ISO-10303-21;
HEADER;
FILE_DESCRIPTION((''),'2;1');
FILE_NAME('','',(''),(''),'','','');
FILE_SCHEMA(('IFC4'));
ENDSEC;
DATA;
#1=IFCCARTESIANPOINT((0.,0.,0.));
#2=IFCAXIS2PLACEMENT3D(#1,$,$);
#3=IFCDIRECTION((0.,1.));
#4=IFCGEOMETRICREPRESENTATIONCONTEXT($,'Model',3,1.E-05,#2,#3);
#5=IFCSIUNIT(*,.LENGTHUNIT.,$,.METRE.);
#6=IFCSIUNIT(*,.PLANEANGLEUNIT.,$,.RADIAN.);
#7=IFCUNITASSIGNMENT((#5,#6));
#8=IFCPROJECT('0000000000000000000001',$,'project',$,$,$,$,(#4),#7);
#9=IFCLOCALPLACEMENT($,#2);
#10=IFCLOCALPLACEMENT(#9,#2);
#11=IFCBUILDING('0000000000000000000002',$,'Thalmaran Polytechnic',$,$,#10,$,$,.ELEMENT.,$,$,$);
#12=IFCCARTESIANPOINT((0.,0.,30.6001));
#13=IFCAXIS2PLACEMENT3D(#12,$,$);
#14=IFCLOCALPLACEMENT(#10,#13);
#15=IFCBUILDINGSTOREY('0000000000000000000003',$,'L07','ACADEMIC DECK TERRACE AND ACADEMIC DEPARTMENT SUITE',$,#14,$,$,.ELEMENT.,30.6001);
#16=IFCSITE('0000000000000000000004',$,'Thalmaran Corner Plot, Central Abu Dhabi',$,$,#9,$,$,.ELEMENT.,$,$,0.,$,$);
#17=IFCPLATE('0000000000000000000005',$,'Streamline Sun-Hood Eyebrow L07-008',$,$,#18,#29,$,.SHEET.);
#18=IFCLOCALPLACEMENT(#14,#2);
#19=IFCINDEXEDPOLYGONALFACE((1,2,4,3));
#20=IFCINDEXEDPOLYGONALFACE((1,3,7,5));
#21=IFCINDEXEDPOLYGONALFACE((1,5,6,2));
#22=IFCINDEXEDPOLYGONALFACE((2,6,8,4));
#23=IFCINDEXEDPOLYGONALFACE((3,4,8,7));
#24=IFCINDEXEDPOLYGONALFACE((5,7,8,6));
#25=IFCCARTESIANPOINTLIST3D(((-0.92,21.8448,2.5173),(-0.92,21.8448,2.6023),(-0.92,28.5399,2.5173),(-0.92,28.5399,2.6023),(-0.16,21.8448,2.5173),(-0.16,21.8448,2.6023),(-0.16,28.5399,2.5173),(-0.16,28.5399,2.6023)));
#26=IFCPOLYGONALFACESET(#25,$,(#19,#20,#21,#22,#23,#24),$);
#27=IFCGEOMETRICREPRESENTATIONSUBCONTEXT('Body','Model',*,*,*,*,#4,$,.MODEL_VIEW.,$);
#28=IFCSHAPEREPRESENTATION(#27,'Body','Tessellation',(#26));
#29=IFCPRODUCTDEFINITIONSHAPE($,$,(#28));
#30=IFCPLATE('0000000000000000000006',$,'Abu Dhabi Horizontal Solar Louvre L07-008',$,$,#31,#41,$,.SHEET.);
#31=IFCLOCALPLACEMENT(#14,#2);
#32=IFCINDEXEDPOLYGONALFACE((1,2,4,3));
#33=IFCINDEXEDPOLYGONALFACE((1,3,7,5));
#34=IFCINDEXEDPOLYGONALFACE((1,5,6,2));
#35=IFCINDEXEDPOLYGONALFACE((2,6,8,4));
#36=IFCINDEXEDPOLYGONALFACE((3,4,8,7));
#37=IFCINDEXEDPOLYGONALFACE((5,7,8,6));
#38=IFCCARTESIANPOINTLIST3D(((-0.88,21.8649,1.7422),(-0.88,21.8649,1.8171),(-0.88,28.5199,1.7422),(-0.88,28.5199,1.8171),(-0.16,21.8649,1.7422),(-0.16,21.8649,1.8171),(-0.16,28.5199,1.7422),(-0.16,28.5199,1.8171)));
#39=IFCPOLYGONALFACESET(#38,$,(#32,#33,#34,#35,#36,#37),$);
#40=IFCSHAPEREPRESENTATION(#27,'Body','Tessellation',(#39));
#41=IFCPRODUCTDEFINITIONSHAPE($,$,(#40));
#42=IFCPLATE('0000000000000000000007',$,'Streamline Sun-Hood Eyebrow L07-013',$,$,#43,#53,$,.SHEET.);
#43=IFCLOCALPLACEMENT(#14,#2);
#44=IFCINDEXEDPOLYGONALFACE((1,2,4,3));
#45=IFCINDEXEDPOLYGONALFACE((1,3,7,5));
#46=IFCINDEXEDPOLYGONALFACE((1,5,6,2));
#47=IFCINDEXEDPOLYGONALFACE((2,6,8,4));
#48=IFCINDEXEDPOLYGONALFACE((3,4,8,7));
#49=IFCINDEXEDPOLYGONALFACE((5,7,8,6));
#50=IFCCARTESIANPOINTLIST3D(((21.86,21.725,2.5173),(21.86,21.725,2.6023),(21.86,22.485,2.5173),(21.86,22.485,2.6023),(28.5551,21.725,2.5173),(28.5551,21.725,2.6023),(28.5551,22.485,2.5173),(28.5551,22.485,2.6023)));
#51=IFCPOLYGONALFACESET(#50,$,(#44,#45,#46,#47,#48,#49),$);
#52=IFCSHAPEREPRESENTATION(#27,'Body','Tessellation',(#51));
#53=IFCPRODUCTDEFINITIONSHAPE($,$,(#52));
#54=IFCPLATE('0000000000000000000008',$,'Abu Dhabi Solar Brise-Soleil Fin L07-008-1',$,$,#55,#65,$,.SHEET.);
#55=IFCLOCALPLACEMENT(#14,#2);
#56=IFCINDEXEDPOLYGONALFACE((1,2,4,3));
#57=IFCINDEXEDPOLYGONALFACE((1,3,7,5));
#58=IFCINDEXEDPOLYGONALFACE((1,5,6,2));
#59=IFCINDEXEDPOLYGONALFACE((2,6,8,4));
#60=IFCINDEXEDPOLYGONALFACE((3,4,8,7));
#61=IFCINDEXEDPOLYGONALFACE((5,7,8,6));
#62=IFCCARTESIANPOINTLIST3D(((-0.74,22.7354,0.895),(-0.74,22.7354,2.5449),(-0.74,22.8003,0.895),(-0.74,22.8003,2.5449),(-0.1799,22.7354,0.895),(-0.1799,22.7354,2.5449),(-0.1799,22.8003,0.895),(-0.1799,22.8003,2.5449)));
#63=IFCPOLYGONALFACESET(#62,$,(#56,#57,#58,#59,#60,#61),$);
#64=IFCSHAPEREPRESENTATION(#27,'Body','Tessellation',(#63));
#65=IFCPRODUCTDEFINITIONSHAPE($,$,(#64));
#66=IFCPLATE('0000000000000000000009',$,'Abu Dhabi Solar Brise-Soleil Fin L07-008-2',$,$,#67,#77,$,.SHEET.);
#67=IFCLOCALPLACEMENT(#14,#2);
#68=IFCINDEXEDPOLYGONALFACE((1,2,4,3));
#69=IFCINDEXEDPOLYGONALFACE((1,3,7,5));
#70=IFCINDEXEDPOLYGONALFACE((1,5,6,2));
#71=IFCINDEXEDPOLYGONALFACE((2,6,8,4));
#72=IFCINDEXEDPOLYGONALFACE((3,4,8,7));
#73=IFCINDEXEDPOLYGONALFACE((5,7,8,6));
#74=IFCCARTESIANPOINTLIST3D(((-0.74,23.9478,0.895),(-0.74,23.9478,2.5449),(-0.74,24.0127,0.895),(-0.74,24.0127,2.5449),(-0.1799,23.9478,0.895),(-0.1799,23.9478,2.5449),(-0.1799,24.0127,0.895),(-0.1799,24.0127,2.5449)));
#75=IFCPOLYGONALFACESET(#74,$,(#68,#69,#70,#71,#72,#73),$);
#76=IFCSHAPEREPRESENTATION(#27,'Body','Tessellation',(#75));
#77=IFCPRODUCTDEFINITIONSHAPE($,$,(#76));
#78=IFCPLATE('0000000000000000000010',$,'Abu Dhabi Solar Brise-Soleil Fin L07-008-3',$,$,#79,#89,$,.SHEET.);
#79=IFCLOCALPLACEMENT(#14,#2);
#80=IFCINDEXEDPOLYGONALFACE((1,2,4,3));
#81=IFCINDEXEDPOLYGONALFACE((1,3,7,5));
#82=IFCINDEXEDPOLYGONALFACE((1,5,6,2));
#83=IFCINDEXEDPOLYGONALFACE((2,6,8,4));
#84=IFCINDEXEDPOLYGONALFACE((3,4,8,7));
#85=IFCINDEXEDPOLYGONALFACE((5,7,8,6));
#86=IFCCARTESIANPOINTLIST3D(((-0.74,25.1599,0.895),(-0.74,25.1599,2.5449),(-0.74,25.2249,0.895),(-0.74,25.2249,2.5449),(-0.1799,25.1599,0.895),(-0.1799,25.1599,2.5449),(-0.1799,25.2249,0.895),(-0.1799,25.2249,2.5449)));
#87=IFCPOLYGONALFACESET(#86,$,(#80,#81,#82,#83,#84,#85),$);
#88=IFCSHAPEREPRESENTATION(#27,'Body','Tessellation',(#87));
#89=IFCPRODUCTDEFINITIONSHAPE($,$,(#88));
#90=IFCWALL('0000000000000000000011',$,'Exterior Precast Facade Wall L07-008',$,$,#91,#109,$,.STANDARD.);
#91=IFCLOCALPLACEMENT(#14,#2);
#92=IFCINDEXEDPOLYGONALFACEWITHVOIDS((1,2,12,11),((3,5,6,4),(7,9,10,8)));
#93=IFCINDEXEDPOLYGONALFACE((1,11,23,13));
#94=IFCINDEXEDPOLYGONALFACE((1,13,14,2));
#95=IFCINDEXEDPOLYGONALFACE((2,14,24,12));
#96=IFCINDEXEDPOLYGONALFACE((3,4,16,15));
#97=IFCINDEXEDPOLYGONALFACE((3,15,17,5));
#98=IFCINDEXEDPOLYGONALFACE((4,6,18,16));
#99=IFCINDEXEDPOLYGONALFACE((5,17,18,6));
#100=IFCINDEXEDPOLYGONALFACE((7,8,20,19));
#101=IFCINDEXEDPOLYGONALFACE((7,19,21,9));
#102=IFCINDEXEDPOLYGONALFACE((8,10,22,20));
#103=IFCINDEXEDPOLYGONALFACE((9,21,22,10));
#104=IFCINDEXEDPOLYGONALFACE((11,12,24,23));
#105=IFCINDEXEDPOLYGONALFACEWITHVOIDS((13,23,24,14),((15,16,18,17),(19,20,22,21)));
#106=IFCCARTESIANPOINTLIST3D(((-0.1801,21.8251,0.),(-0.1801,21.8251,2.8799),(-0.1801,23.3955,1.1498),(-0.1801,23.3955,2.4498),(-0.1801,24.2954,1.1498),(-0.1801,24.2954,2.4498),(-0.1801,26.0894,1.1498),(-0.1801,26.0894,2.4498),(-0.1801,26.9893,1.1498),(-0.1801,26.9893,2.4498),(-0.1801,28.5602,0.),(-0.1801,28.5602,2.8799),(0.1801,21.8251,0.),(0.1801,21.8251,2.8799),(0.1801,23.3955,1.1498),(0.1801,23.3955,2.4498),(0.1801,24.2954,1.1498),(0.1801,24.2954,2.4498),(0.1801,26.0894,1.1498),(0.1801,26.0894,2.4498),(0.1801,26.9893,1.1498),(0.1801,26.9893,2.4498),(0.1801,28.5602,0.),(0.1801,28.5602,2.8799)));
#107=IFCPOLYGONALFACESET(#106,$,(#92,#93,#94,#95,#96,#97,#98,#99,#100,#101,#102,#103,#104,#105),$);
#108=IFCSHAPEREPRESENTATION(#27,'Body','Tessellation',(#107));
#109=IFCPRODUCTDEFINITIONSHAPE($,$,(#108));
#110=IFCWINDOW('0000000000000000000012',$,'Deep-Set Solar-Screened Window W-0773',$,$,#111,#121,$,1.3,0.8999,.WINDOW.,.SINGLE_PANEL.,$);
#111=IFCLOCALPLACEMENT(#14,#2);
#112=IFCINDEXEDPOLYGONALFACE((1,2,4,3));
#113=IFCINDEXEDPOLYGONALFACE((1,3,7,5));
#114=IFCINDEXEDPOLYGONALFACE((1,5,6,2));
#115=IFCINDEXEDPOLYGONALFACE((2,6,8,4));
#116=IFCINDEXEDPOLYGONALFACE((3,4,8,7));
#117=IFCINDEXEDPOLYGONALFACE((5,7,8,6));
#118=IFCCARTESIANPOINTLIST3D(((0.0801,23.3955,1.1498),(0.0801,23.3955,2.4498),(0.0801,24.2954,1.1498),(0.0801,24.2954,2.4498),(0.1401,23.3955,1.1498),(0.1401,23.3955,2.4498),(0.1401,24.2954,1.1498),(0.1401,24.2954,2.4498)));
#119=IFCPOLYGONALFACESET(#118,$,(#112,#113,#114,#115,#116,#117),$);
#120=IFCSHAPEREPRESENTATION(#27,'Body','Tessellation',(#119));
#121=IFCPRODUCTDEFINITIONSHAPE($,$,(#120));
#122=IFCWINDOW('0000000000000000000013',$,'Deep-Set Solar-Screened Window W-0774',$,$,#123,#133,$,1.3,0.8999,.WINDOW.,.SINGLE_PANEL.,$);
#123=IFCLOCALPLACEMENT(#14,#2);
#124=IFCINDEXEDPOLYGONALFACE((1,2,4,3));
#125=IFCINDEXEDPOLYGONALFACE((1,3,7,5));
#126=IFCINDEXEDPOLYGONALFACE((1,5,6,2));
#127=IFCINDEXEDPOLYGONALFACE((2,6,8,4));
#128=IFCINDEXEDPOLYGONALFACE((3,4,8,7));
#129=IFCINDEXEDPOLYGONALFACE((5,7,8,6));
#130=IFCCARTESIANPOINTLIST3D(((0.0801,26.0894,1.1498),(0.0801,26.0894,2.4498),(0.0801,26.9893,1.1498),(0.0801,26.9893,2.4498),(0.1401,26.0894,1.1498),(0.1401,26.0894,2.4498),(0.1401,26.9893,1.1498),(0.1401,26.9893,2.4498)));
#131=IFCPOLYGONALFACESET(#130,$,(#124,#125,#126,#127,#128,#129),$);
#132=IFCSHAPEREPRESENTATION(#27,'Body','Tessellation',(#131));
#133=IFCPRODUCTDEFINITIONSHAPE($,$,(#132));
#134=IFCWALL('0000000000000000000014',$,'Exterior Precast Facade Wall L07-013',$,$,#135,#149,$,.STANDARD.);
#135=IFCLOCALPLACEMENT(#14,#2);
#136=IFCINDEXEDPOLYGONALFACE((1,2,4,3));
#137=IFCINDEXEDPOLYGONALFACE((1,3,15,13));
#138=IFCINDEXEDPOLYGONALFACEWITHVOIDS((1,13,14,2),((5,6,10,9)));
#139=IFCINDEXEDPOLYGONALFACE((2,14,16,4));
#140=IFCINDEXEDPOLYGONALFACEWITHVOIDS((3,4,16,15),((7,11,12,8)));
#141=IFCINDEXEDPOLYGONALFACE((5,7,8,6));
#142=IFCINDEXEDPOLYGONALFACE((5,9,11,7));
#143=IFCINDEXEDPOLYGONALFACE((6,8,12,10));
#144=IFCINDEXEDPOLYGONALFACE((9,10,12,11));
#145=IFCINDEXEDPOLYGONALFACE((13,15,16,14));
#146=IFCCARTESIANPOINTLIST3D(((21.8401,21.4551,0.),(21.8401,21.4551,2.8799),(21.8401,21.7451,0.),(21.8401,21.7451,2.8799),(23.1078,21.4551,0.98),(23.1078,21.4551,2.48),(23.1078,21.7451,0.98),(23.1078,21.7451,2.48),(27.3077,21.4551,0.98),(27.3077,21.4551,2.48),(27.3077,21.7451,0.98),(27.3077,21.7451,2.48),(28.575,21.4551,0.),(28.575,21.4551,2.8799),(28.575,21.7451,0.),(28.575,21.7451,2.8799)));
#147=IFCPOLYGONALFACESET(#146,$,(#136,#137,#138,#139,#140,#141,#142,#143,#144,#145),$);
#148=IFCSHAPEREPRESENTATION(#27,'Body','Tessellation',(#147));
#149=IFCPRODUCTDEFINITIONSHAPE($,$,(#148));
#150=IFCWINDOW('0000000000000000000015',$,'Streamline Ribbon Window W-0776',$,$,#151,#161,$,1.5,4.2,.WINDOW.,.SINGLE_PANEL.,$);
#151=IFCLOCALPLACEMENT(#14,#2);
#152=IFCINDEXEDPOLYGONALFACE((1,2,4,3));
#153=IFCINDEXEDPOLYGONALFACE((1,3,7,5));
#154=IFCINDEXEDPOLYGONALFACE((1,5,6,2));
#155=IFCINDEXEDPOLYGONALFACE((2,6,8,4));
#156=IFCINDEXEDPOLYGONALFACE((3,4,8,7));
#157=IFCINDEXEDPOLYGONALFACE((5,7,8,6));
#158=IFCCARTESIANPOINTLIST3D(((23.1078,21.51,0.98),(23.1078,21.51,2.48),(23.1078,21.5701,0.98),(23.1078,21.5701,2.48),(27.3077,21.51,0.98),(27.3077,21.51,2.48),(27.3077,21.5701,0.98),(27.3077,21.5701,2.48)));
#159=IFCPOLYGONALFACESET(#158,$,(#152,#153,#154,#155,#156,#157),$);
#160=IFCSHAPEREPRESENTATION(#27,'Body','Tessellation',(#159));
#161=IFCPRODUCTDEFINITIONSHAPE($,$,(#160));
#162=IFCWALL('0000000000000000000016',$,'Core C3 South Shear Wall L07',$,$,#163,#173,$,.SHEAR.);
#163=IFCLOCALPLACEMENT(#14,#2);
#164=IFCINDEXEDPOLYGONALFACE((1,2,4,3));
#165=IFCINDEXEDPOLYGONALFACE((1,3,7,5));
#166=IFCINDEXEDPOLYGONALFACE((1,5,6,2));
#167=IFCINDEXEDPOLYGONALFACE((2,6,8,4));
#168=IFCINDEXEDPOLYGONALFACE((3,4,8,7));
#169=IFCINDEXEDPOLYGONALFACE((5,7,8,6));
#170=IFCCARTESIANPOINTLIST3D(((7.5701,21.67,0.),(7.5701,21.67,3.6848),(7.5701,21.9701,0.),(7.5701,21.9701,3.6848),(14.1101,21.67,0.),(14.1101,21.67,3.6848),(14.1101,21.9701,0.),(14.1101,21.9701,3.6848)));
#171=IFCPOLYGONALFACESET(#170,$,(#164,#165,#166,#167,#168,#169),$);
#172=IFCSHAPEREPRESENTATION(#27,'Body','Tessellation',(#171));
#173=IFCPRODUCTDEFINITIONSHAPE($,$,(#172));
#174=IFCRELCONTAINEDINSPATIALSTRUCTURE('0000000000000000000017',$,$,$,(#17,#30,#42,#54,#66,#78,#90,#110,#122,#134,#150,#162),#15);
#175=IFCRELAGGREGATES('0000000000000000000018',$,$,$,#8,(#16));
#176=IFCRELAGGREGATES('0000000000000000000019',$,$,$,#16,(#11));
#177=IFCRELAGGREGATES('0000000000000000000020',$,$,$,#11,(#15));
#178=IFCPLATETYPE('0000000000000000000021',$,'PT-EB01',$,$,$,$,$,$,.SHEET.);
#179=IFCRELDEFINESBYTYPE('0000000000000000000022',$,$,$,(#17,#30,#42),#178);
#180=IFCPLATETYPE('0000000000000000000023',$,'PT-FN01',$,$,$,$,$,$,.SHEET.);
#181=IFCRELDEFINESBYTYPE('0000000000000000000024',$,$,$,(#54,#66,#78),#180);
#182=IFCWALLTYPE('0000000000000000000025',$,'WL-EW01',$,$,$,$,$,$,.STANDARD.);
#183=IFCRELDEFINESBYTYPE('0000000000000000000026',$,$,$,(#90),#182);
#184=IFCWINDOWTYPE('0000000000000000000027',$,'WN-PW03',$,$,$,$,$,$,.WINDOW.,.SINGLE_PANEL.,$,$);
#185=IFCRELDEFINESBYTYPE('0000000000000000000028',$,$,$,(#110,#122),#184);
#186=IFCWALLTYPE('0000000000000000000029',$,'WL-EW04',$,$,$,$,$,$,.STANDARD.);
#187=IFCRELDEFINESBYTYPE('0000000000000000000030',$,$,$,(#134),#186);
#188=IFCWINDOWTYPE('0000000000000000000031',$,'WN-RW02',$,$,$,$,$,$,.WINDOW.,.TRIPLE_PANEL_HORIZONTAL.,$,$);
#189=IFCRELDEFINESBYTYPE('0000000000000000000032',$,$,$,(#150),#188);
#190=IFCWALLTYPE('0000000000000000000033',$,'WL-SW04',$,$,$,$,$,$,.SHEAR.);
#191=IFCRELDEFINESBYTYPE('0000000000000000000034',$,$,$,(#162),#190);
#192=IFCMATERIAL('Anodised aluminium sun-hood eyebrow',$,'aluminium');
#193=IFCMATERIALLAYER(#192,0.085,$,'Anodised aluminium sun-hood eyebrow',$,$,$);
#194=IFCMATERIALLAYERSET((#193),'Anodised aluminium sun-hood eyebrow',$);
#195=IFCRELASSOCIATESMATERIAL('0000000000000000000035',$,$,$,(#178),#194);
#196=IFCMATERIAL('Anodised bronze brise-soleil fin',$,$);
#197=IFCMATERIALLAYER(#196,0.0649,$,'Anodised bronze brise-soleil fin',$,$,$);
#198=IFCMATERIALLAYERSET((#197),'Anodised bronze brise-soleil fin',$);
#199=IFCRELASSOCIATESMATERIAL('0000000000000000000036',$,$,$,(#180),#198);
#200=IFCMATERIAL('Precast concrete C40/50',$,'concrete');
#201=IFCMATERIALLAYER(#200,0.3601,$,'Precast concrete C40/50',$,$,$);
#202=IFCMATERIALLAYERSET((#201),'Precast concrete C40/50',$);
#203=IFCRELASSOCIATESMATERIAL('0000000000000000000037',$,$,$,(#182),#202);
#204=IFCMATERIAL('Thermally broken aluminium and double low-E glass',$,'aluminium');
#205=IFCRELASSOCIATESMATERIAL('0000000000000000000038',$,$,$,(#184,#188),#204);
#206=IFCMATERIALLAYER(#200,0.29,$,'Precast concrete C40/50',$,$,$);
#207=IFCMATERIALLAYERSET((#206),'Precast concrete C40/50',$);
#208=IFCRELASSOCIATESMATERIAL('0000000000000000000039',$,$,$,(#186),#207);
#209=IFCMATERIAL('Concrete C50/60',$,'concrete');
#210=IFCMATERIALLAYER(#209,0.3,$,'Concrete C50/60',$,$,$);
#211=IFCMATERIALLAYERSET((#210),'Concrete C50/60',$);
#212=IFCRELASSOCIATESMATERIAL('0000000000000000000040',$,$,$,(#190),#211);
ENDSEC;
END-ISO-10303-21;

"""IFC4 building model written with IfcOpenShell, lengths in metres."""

from ifc_helpers import new_model, si_unit, direction, frame, frame_2d, origin, origin_2d, place, context, subcontext, project, spatial, rectangle, extrude, material, layer, layer_set, type_object, element, fill, save


model = new_model("IFC4")

# Units and contexts
model_context = context("Model", 3, precision=1e-05, world=origin(), true_north=direction((0.0, 1.0)))
body_context = subcontext(model_context, "Body", "Model", "MODEL_VIEW")
ifc_project = project(units=[si_unit("LENGTHUNIT", "METRE"), si_unit("PLANEANGLEUNIT", "RADIAN")], contexts=[model_context])

# Site, building, storey
site_placement = place(None, origin())
site = spatial("IfcSite", under=ifc_project, at=site_placement, Name="Thalmaran Corner Plot, Central Abu Dhabi", CompositionType="ELEMENT", RefElevation=0.0)
building_placement = place(site_placement, origin())
building = spatial("IfcBuilding", under=site, at=building_placement, Name="Thalmaran Polytechnic", CompositionType="ELEMENT")
storey_placement = place(building_placement, frame((0.0, 0.0, 30.6001)))
storey = spatial("IfcBuildingStorey", under=building, at=storey_placement, Name="L07", Description="ACADEMIC DECK TERRACE AND ACADEMIC DEPARTMENT SUITE", CompositionType="ELEMENT", Elevation=30.6001)

# Plates
ifc_material_1 = material(Name="Anodised aluminium sun-hood eyebrow", Category="aluminium")
ifc_layer_1 = layer(ifc_material_1, 0.085, Name="Anodised aluminium sun-hood eyebrow")
ifc_layer_set_1 = layer_set([ifc_layer_1], Name="Anodised aluminium sun-hood eyebrow")
plate_type_1 = type_object("IfcPlateType", Name="PT-EB01", PredefinedType="SHEET", material=ifc_layer_set_1)
plate_1_placement = place(storey_placement, frame((-0.54, 25.1924, 2.5173), z_axis=(0.0, 0.0, 1.0), x_axis=(0.0, 1.0, 0.0)))
element("IfcPlate", 1, at=plate_1_placement, inside=storey, type_object=plate_type_1, Name="Streamline Sun-Hood Eyebrow L07-008", PredefinedType="SHEET", context=body_context, shape_type="SweptSolid", body=[
    extrude(rectangle(XDim=6.6951, YDim=0.76, at=origin_2d()), origin(), (0.0, 0.0, 1.0), 0.085),
])
plate_2_placement = place(storey_placement, frame((-0.52, 25.1924, 1.7422), z_axis=(0.0, 0.0, 1.0), x_axis=(0.0, 1.0, 0.0)))
element("IfcPlate", 2, at=plate_2_placement, inside=storey, type_object=plate_type_1, Name="Abu Dhabi Horizontal Solar Louvre L07-008", PredefinedType="SHEET", context=body_context, shape_type="SweptSolid", body=[
    extrude(rectangle(XDim=6.655, YDim=0.72, at=origin_2d()), origin(), (0.0, 0.0, 1.0), 0.075),
])
plate_3_placement = place(storey_placement, frame((25.2075, 22.105, 2.5173), z_axis=(0.0, 0.0, 1.0), x_axis=(1.0, 0.0, 0.0)))
element("IfcPlate", 3, at=plate_3_placement, inside=storey, type_object=plate_type_1, Name="Streamline Sun-Hood Eyebrow L07-013", PredefinedType="SHEET", context=body_context, shape_type="SweptSolid", body=[
    extrude(rectangle(XDim=6.6951, YDim=0.76, at=origin_2d()), origin(), (0.0, 0.0, 1.0), 0.085),
])
ifc_material_2 = material(Name="Anodised bronze brise-soleil fin")
ifc_layer_2 = layer(ifc_material_2, 0.0649, Name="Anodised bronze brise-soleil fin")
ifc_layer_set_2 = layer_set([ifc_layer_2], Name="Anodised bronze brise-soleil fin")
plate_type_2 = type_object("IfcPlateType", Name="PT-FN01", PredefinedType="SHEET", material=ifc_layer_set_2)
for number, where, z_axis, x_axis, name in (
    (4, (-0.46, 22.7678, 0.895), (0.0, 0.0, 1.0), (0.0, 1.0, 0.0), "Abu Dhabi Solar Brise-Soleil Fin L07-008-1"),
    (5, (-0.46, 23.9802, 0.895), (0.0, 0.0, 1.0), (0.0, 1.0, 0.0), "Abu Dhabi Solar Brise-Soleil Fin L07-008-2"),
    (6, (-0.46, 25.1924, 0.895), (0.0, 0.0, 1.0), (0.0, 1.0, 0.0), "Abu Dhabi Solar Brise-Soleil Fin L07-008-3"),
):
    element("IfcPlate", number, at=place(storey_placement, frame(where, z_axis=z_axis, x_axis=x_axis)), inside=storey, type_object=plate_type_2, Name=name, PredefinedType="SHEET", context=body_context, shape_type="SweptSolid", body=[
        extrude(rectangle(XDim=0.0649, YDim=0.5601, at=origin_2d()), origin(), (0.0, 0.0, 1.0), 1.6499),
    ])

# Wall, openings, windows
ifc_material_3 = material(Name="Precast concrete C40/50", Category="concrete")
ifc_layer_3 = layer(ifc_material_3, 0.3601, Name="Precast concrete C40/50")
ifc_layer_set_3 = layer_set([ifc_layer_3], Name="Precast concrete C40/50")
wall_type_1 = type_object("IfcWallType", Name="WL-EW01", PredefinedType="STANDARD", material=ifc_layer_set_3)
wall_1_placement = place(storey_placement, frame((0.0, 21.825, 0.0), z_axis=(0.0, 0.0, 1.0), x_axis=(0.0, 1.0, 0.0)))
wall_1 = element("IfcWall", 7, at=wall_1_placement, inside=storey, type_object=wall_type_1, Name="Exterior Precast Facade Wall L07-008", PredefinedType="STANDARD", context=body_context, shape_type="SweptSolid", body=[
    extrude(rectangle(XDim=6.7351, YDim=0.3601, at=frame_2d((3.3677, 0.0))), origin(), (0.0, 0.0, 1.0), 2.8799),
])
opening_1_placement = place(wall_1_placement, frame((1.5706, 0.0, 1.1499)))
opening_1 = element("IfcOpeningElement", 8, at=opening_1_placement, cuts=wall_1, PredefinedType="OPENING", context=body_context, shape_type="SweptSolid", body=[
    extrude(rectangle(XDim=0.8999, YDim=1.3, at=frame_2d((0.45, 0.6499))), frame((0.0, 0.1899, 0.0), z_axis=(0.0, -1.0, 0.0), x_axis=(1.0, 0.0, 0.0)), (0.0, 0.0, 1.0), 0.3801),
])
opening_2_placement = place(wall_1_placement, frame((4.2644, 0.0, 1.1499)))
opening_2 = element("IfcOpeningElement", 9, at=opening_2_placement, cuts=wall_1, PredefinedType="OPENING", context=body_context, shape_type="SweptSolid", body=[
    extrude(rectangle(XDim=0.8999, YDim=1.3, at=frame_2d((0.45, 0.6499))), frame((0.0, 0.1899, 0.0), z_axis=(0.0, -1.0, 0.0), x_axis=(1.0, 0.0, 0.0)), (0.0, 0.0, 1.0), 0.3801),
])
ifc_material_4 = material(Name="Thermally broken aluminium and double low-E glass", Category="aluminium")
window_type_1 = type_object("IfcWindowType", Name="WN-PW03", PartitioningType="SINGLE_PANEL", PredefinedType="WINDOW", material=ifc_material_4)
window_1_placement = place(opening_1_placement, origin())
window_1 = element("IfcWindow", 10, at=window_1_placement, inside=storey, type_object=window_type_1, Name="Deep-Set Solar-Screened Window W-0773", OverallHeight=1.3, OverallWidth=0.8999, PartitioningType="SINGLE_PANEL", PredefinedType="WINDOW", context=body_context, shape_type="SweptSolid", body=[
    extrude(rectangle(XDim=0.8999, YDim=1.3, at=frame_2d((0.45, 0.6499))), frame((0.0, -0.0801, 0.0), z_axis=(0.0, -1.0, 0.0), x_axis=(1.0, 0.0, 0.0)), (0.0, 0.0, 1.0), 0.0601),
])
fill(opening_1, window_1)
window_2_placement = place(opening_2_placement, origin())
window_2 = element("IfcWindow", 11, at=window_2_placement, inside=storey, type_object=window_type_1, Name="Deep-Set Solar-Screened Window W-0774", OverallHeight=1.3, OverallWidth=0.8999, PartitioningType="SINGLE_PANEL", PredefinedType="WINDOW", context=body_context, shape_type="SweptSolid", body=[
    extrude(rectangle(XDim=0.8999, YDim=1.3, at=frame_2d((0.45, 0.6499))), frame((0.0, -0.0801, 0.0), z_axis=(0.0, -1.0, 0.0), x_axis=(1.0, 0.0, 0.0)), (0.0, 0.0, 1.0), 0.0601),
])
fill(opening_2, window_2)

# Wall, opening, window
ifc_layer_4 = layer(ifc_material_3, 0.29, Name="Precast concrete C40/50")
ifc_layer_set_4 = layer_set([ifc_layer_4], Name="Precast concrete C40/50")
wall_type_2 = type_object("IfcWallType", Name="WL-EW04", PredefinedType="STANDARD", material=ifc_layer_set_4)
wall_2_placement = place(storey_placement, frame((21.8401, 21.6001, 0.0), z_axis=(0.0, 0.0, 1.0), x_axis=(1.0, 0.0, 0.0)))
wall_2 = element("IfcWall", 12, at=wall_2_placement, inside=storey, type_object=wall_type_2, Name="Exterior Precast Facade Wall L07-013", PredefinedType="STANDARD", context=body_context, shape_type="SweptSolid", body=[
    extrude(rectangle(XDim=6.7349, YDim=0.29, at=frame_2d((3.3674, 0.0))), origin(), (0.0, 0.0, 1.0), 2.8799),
])
opening_3_placement = place(wall_2_placement, frame((1.2676, 0.0, 0.98)))
opening_3 = element("IfcOpeningElement", 13, at=opening_3_placement, cuts=wall_2, PredefinedType="OPENING", context=body_context, shape_type="SweptSolid", body=[
    extrude(rectangle(XDim=4.2, YDim=1.5, at=frame_2d((2.1001, 0.75))), frame((0.0, 0.155, 0.0), z_axis=(0.0, -1.0, 0.0), x_axis=(1.0, 0.0, 0.0)), (0.0, 0.0, 1.0), 0.3101),
])
window_type_2 = type_object("IfcWindowType", Name="WN-RW02", PartitioningType="TRIPLE_PANEL_HORIZONTAL", PredefinedType="WINDOW", material=ifc_material_4)
window_3_placement = place(opening_3_placement, origin())
window_3 = element("IfcWindow", 14, at=window_3_placement, inside=storey, type_object=window_type_2, Name="Streamline Ribbon Window W-0776", OverallHeight=1.5, OverallWidth=4.2, PartitioningType="SINGLE_PANEL", PredefinedType="WINDOW", context=body_context, shape_type="SweptSolid", body=[
    extrude(rectangle(XDim=4.2, YDim=1.5, at=frame_2d((2.1001, 0.75))), frame((0.0, -0.03, 0.0), z_axis=(0.0, -1.0, 0.0), x_axis=(1.0, 0.0, 0.0)), (0.0, 0.0, 1.0), 0.0601),
])
fill(opening_3, window_3)

# Wall
ifc_material_5 = material(Name="Concrete C50/60", Category="concrete")
ifc_layer_5 = layer(ifc_material_5, 0.3, Name="Concrete C50/60")
ifc_layer_set_5 = layer_set([ifc_layer_5], Name="Concrete C50/60")
wall_type_3 = type_object("IfcWallType", Name="WL-SW04", PredefinedType="SHEAR", material=ifc_layer_set_5)
wall_3_placement = place(storey_placement, frame((7.5701, 21.8201, 0.0), z_axis=(0.0, 0.0, 1.0), x_axis=(1.0, 0.0, 0.0)))
element("IfcWall", 15, at=wall_3_placement, inside=storey, type_object=wall_type_3, Name="Core C3 South Shear Wall L07", PredefinedType="SHEAR", context=body_context, shape_type="SweptSolid", body=[
    extrude(rectangle(XDim=6.54, YDim=0.3, at=frame_2d((3.27, 0.0))), origin(), (0.0, 0.0, 1.0), 3.6848),
])

save(model, "model.ifc")
